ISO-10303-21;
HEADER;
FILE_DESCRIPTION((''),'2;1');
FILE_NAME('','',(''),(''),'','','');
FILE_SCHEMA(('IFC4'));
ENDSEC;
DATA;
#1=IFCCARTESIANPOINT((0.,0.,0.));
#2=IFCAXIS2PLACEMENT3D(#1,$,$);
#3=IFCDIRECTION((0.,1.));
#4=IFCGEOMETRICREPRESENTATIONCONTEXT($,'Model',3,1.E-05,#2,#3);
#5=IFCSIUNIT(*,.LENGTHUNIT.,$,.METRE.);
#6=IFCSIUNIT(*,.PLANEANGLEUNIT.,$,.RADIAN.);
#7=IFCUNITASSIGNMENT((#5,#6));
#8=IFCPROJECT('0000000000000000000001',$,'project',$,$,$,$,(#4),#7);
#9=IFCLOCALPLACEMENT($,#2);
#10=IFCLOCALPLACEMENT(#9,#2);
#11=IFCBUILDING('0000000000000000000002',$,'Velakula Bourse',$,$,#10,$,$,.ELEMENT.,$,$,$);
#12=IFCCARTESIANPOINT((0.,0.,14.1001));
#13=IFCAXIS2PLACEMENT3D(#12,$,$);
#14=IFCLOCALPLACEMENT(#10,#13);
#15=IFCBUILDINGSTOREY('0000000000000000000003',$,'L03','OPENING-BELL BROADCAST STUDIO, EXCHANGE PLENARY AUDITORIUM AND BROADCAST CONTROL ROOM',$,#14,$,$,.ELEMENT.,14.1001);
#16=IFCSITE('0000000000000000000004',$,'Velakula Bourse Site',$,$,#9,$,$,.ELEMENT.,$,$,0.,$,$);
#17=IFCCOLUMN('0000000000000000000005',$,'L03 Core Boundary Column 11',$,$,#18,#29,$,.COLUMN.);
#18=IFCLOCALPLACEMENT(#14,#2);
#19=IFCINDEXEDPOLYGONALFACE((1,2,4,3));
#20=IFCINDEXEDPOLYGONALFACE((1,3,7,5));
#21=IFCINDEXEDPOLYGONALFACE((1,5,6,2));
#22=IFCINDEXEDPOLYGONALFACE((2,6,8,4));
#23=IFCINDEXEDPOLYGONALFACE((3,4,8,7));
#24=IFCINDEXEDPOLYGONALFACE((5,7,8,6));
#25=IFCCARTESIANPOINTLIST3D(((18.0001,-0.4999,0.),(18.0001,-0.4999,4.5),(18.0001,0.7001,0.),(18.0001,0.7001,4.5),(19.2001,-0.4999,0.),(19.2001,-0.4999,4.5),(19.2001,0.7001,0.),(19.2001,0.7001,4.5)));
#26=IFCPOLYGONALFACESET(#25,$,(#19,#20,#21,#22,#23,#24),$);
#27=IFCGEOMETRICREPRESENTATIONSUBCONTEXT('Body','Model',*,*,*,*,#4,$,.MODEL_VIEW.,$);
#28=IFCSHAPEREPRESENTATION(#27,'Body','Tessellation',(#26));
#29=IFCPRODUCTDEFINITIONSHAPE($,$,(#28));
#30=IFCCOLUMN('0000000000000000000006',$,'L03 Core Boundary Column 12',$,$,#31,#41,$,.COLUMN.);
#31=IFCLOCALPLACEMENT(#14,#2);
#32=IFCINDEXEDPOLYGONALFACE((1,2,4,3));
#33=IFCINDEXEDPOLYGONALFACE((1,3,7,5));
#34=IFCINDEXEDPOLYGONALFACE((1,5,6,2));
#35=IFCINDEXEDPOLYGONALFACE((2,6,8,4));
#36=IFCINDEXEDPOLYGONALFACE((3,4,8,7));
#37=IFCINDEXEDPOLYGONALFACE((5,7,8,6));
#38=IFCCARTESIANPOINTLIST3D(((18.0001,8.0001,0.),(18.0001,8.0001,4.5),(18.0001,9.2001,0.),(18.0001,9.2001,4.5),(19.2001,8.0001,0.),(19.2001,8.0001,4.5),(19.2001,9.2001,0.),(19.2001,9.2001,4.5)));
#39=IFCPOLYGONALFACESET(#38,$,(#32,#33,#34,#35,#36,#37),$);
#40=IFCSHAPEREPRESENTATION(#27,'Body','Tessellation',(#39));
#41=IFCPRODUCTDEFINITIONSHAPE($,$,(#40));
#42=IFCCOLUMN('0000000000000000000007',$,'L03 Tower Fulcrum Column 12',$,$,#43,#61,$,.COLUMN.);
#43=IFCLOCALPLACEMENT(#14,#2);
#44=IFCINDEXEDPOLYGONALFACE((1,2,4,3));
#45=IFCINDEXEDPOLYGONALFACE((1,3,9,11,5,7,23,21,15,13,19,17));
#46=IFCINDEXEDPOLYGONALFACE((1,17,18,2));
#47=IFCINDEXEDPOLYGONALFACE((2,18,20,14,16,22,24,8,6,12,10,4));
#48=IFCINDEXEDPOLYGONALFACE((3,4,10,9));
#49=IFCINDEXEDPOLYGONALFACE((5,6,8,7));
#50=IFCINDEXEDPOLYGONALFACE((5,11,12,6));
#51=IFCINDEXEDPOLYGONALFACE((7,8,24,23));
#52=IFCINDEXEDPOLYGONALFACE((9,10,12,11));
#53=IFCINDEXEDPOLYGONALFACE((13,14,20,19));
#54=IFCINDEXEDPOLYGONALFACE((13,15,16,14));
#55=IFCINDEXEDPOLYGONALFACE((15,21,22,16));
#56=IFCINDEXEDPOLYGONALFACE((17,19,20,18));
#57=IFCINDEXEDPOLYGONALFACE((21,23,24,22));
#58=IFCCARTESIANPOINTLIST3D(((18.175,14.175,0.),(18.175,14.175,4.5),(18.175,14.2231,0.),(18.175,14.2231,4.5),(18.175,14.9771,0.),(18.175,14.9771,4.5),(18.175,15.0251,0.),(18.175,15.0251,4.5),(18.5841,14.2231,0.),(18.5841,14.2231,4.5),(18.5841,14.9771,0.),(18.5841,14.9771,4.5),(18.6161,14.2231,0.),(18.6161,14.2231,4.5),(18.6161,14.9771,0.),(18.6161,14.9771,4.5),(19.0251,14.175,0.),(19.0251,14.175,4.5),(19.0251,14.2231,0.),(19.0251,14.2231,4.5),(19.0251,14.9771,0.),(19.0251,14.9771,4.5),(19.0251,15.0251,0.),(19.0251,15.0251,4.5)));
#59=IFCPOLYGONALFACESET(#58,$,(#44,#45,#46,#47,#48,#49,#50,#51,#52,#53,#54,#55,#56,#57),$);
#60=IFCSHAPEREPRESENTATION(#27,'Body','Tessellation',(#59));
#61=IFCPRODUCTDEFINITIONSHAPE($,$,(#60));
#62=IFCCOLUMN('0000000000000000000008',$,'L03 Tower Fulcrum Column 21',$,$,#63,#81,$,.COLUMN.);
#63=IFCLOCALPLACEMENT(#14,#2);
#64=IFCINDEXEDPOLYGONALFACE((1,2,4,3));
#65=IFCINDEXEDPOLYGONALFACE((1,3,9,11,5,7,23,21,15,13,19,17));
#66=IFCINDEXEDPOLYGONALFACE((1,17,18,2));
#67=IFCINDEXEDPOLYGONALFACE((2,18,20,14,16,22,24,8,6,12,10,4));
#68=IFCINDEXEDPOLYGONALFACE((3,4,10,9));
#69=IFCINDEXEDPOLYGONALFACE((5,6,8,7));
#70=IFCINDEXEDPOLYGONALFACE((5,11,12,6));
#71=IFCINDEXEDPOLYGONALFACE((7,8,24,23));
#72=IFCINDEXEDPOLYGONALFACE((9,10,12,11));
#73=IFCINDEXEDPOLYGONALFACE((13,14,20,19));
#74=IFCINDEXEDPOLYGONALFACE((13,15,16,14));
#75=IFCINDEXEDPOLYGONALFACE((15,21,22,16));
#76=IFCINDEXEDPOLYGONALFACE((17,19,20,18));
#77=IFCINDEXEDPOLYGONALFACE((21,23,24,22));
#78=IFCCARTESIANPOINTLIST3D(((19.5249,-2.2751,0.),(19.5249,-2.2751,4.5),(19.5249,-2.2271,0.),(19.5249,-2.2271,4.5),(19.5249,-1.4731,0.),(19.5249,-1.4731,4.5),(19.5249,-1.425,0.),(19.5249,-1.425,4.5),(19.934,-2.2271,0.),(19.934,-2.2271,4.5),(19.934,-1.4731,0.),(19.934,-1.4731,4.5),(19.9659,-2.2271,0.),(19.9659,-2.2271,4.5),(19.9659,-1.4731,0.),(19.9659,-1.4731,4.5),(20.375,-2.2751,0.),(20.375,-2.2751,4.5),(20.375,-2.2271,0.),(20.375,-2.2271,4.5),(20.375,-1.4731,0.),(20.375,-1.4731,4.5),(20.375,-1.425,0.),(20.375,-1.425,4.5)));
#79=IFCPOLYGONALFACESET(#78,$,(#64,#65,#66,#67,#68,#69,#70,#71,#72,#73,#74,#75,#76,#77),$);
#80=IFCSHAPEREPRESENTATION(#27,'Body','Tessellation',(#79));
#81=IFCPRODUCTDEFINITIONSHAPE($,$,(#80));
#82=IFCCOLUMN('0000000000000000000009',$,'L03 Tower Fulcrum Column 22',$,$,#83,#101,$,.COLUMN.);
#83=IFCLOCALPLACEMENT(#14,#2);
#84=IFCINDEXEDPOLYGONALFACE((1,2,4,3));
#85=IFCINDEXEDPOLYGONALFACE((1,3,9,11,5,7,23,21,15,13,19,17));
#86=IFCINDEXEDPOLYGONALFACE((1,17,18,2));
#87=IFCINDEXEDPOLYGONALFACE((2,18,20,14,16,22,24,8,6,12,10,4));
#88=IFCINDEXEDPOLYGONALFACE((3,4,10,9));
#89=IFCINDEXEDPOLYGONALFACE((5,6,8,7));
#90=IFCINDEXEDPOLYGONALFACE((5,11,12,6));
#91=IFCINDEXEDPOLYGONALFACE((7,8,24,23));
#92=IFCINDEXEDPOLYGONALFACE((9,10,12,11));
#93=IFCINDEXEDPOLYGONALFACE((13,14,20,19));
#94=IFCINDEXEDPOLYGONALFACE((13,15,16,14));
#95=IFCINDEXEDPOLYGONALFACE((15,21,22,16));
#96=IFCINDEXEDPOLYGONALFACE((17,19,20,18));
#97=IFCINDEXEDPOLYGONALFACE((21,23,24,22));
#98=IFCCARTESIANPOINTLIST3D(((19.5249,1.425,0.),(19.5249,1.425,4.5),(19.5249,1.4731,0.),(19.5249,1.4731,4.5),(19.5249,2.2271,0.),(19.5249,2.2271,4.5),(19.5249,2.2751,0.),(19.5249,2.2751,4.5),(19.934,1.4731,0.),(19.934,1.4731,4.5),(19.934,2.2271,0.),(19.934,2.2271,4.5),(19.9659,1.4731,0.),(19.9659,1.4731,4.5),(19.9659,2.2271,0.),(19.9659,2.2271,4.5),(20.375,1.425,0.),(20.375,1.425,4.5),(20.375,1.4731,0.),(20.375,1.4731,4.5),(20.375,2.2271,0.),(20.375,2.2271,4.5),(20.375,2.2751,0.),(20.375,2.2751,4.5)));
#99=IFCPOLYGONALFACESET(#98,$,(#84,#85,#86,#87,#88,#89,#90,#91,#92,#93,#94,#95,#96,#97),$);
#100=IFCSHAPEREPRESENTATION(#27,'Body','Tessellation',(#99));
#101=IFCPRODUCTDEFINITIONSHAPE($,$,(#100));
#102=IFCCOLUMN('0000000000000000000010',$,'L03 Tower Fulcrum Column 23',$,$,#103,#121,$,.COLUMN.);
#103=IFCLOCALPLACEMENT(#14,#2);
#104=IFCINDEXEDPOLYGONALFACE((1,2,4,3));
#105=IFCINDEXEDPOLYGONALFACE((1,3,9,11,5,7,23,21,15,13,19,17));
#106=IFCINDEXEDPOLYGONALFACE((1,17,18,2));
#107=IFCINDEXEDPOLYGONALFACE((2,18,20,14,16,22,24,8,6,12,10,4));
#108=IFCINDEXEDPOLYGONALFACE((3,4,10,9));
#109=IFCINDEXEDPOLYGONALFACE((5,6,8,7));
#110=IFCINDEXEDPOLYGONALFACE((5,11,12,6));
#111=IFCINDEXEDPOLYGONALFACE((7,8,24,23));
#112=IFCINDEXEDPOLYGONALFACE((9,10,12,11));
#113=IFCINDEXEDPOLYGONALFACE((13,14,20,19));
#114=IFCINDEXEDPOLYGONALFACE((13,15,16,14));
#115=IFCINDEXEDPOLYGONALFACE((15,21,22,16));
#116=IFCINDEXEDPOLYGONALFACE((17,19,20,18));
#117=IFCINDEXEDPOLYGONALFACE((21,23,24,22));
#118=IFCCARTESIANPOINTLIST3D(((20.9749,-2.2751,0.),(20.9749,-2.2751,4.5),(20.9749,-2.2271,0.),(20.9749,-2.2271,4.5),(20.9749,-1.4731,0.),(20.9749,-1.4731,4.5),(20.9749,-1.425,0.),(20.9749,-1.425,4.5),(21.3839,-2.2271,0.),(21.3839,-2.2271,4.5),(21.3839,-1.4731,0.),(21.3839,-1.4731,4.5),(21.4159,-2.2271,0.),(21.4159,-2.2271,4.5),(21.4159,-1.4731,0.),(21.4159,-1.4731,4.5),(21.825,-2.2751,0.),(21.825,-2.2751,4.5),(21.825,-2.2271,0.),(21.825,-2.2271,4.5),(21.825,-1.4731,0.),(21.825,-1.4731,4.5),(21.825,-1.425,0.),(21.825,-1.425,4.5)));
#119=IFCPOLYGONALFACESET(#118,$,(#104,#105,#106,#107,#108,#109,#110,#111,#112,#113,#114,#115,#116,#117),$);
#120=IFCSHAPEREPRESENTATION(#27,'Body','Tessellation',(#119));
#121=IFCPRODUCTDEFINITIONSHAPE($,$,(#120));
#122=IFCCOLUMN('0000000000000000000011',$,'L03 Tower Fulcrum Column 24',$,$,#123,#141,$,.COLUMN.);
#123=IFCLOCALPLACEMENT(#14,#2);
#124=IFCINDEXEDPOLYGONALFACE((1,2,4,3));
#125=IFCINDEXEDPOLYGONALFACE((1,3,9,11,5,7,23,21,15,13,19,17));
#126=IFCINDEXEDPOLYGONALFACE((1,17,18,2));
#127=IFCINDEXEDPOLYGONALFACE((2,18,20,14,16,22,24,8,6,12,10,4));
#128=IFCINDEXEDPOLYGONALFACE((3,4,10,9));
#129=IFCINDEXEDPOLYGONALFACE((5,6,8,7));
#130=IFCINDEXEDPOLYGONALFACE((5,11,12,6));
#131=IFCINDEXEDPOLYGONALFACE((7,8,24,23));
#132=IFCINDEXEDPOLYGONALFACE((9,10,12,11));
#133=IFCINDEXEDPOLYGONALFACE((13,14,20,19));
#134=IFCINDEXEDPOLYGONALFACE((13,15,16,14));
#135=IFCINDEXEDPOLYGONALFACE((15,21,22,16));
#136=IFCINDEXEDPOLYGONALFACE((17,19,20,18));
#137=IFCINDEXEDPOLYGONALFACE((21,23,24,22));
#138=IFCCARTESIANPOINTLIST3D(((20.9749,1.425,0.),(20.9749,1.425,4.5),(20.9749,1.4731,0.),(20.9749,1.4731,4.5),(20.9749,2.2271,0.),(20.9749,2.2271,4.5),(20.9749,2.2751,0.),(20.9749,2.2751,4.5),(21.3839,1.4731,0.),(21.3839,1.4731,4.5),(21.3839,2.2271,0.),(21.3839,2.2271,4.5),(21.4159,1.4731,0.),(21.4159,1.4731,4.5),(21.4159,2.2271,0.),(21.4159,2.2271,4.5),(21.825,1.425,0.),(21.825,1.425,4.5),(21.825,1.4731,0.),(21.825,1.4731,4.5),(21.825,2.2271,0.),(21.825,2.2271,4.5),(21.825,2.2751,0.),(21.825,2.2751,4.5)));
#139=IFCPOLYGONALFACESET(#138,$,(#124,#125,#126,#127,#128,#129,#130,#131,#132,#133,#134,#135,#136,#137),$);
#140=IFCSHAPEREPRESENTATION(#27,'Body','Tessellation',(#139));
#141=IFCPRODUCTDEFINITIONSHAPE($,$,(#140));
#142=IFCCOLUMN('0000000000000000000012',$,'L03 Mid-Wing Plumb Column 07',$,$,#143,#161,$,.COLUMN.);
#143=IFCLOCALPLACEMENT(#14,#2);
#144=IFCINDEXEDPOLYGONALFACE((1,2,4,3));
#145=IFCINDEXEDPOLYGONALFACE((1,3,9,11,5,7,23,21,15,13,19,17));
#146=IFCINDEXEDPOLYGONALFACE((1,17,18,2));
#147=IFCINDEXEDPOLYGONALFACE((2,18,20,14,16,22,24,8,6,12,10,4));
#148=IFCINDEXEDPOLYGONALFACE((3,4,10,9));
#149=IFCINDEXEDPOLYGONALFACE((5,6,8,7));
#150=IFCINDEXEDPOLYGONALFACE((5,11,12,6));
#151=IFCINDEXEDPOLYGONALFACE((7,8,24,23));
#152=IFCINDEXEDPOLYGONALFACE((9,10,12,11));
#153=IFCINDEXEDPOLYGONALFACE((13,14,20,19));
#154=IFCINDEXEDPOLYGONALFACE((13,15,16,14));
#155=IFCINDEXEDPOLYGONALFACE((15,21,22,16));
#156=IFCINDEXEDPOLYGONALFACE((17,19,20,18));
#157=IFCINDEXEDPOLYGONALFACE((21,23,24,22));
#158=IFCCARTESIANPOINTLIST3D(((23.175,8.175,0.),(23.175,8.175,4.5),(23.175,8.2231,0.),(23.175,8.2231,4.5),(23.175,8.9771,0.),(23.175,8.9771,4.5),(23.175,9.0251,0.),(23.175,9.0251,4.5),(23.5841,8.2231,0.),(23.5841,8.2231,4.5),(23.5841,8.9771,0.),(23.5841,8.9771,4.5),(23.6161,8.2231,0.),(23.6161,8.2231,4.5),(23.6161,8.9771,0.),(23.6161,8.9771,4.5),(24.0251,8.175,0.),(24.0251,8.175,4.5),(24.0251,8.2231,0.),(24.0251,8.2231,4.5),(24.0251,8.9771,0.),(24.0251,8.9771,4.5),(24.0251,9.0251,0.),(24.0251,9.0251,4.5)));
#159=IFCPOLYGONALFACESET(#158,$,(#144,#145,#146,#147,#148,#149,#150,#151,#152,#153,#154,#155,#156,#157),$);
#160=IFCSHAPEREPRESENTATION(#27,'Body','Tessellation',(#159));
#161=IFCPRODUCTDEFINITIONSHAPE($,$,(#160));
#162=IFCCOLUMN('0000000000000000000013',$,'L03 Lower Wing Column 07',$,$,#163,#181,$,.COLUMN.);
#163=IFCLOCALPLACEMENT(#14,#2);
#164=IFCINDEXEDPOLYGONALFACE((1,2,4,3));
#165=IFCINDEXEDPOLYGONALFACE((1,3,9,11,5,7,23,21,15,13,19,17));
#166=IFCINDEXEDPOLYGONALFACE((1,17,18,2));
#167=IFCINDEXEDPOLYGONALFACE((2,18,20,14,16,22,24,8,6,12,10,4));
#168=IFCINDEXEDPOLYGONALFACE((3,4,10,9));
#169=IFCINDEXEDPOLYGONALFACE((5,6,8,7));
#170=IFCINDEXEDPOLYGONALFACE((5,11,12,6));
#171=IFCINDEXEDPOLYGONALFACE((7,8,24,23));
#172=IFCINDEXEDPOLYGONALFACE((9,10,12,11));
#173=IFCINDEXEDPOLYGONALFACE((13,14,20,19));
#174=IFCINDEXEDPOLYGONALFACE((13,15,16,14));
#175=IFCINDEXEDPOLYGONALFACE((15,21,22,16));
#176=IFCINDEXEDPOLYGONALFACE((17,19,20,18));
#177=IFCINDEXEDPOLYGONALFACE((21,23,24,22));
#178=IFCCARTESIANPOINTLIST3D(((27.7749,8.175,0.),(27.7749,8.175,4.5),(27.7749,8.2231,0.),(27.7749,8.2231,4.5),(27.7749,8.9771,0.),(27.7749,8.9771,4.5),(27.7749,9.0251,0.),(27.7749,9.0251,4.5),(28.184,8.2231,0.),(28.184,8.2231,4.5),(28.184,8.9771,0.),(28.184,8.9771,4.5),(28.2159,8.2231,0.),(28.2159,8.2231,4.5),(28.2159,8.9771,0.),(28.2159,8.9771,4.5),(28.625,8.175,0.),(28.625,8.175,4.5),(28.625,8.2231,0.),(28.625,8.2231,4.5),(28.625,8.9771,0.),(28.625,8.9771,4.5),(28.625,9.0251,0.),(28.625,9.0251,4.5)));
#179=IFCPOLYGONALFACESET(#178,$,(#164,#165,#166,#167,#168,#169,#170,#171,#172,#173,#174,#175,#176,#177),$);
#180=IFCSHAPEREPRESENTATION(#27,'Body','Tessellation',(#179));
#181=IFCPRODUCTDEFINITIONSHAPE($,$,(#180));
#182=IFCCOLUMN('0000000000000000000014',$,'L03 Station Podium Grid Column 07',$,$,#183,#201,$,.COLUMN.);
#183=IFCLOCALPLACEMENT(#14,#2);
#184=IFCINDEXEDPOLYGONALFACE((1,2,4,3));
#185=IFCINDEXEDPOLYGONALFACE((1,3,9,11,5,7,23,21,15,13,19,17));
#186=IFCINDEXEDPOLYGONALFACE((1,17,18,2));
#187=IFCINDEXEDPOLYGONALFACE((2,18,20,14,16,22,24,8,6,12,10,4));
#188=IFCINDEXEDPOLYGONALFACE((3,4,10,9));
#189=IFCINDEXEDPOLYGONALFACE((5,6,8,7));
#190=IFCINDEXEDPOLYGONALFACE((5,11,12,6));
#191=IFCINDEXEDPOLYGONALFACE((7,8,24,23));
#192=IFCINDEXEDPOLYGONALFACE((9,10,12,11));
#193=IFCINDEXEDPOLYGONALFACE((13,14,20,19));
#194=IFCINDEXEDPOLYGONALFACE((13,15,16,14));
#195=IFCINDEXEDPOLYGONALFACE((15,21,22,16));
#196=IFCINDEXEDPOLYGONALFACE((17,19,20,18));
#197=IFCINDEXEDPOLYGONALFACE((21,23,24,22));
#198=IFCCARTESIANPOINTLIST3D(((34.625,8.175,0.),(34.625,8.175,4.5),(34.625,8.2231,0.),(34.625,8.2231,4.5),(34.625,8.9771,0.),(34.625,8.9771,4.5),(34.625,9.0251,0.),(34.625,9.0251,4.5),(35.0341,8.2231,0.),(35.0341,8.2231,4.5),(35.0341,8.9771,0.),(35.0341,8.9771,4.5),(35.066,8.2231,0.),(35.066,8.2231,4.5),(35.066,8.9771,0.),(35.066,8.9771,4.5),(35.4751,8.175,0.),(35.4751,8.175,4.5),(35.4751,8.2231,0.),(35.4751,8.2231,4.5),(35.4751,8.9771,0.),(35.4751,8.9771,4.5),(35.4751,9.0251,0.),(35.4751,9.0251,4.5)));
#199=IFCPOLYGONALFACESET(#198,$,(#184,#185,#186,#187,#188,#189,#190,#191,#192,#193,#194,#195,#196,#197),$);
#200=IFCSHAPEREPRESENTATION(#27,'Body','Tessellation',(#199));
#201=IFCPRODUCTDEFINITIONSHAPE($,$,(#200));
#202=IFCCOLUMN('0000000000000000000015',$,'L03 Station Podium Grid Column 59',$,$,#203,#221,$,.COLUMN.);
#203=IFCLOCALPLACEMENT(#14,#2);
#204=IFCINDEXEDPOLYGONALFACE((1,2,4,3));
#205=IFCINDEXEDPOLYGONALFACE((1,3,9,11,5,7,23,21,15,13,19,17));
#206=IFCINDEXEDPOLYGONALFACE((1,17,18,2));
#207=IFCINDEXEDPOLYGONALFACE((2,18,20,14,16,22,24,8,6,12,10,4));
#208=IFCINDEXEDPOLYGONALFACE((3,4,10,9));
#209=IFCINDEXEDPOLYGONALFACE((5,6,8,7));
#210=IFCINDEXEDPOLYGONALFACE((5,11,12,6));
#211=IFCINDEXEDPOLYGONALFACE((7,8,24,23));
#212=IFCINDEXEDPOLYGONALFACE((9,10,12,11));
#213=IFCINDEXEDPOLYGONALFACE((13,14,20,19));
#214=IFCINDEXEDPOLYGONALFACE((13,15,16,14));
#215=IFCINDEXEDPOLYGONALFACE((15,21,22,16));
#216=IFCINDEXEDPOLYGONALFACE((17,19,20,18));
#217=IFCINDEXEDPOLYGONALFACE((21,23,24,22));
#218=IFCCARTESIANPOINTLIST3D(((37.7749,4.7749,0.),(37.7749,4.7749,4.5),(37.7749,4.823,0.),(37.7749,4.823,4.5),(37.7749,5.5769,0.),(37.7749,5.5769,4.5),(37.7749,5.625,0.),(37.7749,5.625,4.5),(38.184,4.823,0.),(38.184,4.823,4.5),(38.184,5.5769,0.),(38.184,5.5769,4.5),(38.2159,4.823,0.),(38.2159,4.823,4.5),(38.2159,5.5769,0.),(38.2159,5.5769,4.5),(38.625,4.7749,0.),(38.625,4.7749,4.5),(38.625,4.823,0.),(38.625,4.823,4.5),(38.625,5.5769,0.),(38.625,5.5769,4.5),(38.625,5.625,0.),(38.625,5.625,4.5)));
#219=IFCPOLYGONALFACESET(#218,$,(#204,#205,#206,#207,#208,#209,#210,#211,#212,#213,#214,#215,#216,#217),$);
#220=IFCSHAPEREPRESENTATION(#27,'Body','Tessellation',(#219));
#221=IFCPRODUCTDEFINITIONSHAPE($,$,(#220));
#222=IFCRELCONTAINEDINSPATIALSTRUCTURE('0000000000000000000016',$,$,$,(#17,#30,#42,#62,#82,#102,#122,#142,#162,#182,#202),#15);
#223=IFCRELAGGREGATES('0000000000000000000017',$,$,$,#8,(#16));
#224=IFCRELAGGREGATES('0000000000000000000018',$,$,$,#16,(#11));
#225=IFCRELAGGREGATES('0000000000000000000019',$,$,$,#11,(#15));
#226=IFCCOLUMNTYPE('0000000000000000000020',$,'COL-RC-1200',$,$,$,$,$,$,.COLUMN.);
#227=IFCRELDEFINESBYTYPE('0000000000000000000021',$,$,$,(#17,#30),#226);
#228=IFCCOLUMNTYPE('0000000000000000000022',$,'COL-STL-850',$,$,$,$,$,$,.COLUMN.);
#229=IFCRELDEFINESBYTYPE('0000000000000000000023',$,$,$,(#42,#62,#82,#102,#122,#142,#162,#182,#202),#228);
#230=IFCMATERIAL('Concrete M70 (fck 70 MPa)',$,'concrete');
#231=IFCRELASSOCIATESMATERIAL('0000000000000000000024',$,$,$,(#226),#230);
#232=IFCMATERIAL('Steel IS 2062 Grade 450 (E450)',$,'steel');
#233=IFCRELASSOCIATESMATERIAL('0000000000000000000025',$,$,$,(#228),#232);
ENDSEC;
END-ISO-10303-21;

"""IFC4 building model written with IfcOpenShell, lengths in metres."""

from ifc_helpers import new_model, si_unit, direction, frame, origin, origin_2d, place, context, subcontext, project, spatial, rectangle, i_section, extrude, material, material_profile, profile_set, type_object, element, save


model = new_model("IFC4")

# Units and contexts
model_context = context("Model", 3, precision=1e-05, world=origin(), true_north=direction((0.0, 1.0)))
body_context = subcontext(model_context, "Body", "Model", "MODEL_VIEW")
ifc_project = project(units=[si_unit("LENGTHUNIT", "METRE"), si_unit("PLANEANGLEUNIT", "RADIAN")], contexts=[model_context])

# Site, building, storey
site_placement = place(None, origin())
site = spatial("IfcSite", under=ifc_project, at=site_placement, Name="Velakula Bourse Site", CompositionType="ELEMENT", RefElevation=0.0)
building_placement = place(site_placement, origin())
building = spatial("IfcBuilding", under=site, at=building_placement, Name="Velakula Bourse", CompositionType="ELEMENT")
storey_placement = place(building_placement, frame((0.0, 0.0, 14.1001)))
storey = spatial("IfcBuildingStorey", under=building, at=storey_placement, Name="L03", Description="OPENING-BELL BROADCAST STUDIO, EXCHANGE PLENARY AUDITORIUM AND BROADCAST CONTROL ROOM", CompositionType="ELEMENT", Elevation=14.1001)

# Columns
ifc_material_1 = material(Name="Concrete M70 (fck 70 MPa)", Category="concrete")
ifc_material_profile_1 = material_profile(ifc_material_1, rectangle(XDim=1.2, YDim=1.2, at=origin_2d()), Name="Concrete M70 (fck 70 MPa)")
ifc_profile_set_1 = profile_set([ifc_material_profile_1], Name="Concrete M70 (fck 70 MPa)")
column_type_1 = type_object("IfcColumnType", Name="COL-RC-1200", PredefinedType="COLUMN", material=ifc_profile_set_1)
for number, where, z_axis, x_axis, name in (
    (1, (18.6001, 0.1001, 0.0), (0.0, 0.0, 1.0), (1.0, 0.0, 0.0), "L03 Core Boundary Column 11"),
    (2, (18.6001, 8.6001, 0.0), (0.0, 0.0, 1.0), (1.0, 0.0, 0.0), "L03 Core Boundary Column 12"),
):
    element("IfcColumn", number, at=place(storey_placement, frame(where, z_axis=z_axis, x_axis=x_axis)), inside=storey, type_object=column_type_1, Name=name, PredefinedType="COLUMN", context=body_context, shape_type="SweptSolid", body=[
        extrude(rectangle(XDim=1.2, YDim=1.2, at=origin_2d()), origin(), (0.0, 0.0, 1.0), 4.5),
    ])
ifc_material_2 = material(Name="Steel IS 2062 Grade 450 (E450)", Category="steel")
ifc_material_profile_2 = material_profile(ifc_material_2, i_section(OverallWidth=0.8501, OverallDepth=0.8501, WebThickness=0.032, FlangeThickness=0.0481, at=origin_2d()), Name="Steel IS 2062 Grade 450 (E450)")
ifc_profile_set_2 = profile_set([ifc_material_profile_2], Name="Steel IS 2062 Grade 450 (E450)")
column_type_2 = type_object("IfcColumnType", Name="COL-STL-850", PredefinedType="COLUMN", material=ifc_profile_set_2)
for number, where, z_axis, x_axis, name in (
    (3, (18.6001, 14.6001, 0.0), (0.0, 0.0, 1.0), (1.0, 0.0, 0.0), "L03 Tower Fulcrum Column 12"),
    (4, (19.95, -1.8501, 0.0), (0.0, 0.0, 1.0), (1.0, 0.0, 0.0), "L03 Tower Fulcrum Column 21"),
    (5, (19.95, 1.8501, 0.0), (0.0, 0.0, 1.0), (1.0, 0.0, 0.0), "L03 Tower Fulcrum Column 22"),
    (6, (21.3999, -1.8501, 0.0), (0.0, 0.0, 1.0), (1.0, 0.0, 0.0), "L03 Tower Fulcrum Column 23"),
    (7, (21.3999, 1.8501, 0.0), (0.0, 0.0, 1.0), (1.0, 0.0, 0.0), "L03 Tower Fulcrum Column 24"),
    (8, (23.6001, 8.6001, 0.0), (0.0, 0.0, 1.0), (1.0, 0.0, 0.0), "L03 Mid-Wing Plumb Column 07"),
    (9, (28.2, 8.6001, 0.0), (0.0, 0.0, 1.0), (1.0, 0.0, 0.0), "L03 Lower Wing Column 07"),
    (10, (35.05, 8.6001, 0.0), (0.0, 0.0, 1.0), (1.0, 0.0, 0.0), "L03 Station Podium Grid Column 07"),
    (11, (38.2, 5.2, 0.0), (0.0, 0.0, 1.0), (1.0, 0.0, 0.0), "L03 Station Podium Grid Column 59"),
):
    element("IfcColumn", number, at=place(storey_placement, frame(where, z_axis=z_axis, x_axis=x_axis)), inside=storey, type_object=column_type_2, Name=name, PredefinedType="COLUMN", context=body_context, shape_type="SweptSolid", body=[
        extrude(i_section(OverallWidth=0.8501, OverallDepth=0.8501, WebThickness=0.032, FlangeThickness=0.0481, at=origin_2d()), origin(), (0.0, 0.0, 1.0), 4.5),
    ])

save(model, "model.ifc")
